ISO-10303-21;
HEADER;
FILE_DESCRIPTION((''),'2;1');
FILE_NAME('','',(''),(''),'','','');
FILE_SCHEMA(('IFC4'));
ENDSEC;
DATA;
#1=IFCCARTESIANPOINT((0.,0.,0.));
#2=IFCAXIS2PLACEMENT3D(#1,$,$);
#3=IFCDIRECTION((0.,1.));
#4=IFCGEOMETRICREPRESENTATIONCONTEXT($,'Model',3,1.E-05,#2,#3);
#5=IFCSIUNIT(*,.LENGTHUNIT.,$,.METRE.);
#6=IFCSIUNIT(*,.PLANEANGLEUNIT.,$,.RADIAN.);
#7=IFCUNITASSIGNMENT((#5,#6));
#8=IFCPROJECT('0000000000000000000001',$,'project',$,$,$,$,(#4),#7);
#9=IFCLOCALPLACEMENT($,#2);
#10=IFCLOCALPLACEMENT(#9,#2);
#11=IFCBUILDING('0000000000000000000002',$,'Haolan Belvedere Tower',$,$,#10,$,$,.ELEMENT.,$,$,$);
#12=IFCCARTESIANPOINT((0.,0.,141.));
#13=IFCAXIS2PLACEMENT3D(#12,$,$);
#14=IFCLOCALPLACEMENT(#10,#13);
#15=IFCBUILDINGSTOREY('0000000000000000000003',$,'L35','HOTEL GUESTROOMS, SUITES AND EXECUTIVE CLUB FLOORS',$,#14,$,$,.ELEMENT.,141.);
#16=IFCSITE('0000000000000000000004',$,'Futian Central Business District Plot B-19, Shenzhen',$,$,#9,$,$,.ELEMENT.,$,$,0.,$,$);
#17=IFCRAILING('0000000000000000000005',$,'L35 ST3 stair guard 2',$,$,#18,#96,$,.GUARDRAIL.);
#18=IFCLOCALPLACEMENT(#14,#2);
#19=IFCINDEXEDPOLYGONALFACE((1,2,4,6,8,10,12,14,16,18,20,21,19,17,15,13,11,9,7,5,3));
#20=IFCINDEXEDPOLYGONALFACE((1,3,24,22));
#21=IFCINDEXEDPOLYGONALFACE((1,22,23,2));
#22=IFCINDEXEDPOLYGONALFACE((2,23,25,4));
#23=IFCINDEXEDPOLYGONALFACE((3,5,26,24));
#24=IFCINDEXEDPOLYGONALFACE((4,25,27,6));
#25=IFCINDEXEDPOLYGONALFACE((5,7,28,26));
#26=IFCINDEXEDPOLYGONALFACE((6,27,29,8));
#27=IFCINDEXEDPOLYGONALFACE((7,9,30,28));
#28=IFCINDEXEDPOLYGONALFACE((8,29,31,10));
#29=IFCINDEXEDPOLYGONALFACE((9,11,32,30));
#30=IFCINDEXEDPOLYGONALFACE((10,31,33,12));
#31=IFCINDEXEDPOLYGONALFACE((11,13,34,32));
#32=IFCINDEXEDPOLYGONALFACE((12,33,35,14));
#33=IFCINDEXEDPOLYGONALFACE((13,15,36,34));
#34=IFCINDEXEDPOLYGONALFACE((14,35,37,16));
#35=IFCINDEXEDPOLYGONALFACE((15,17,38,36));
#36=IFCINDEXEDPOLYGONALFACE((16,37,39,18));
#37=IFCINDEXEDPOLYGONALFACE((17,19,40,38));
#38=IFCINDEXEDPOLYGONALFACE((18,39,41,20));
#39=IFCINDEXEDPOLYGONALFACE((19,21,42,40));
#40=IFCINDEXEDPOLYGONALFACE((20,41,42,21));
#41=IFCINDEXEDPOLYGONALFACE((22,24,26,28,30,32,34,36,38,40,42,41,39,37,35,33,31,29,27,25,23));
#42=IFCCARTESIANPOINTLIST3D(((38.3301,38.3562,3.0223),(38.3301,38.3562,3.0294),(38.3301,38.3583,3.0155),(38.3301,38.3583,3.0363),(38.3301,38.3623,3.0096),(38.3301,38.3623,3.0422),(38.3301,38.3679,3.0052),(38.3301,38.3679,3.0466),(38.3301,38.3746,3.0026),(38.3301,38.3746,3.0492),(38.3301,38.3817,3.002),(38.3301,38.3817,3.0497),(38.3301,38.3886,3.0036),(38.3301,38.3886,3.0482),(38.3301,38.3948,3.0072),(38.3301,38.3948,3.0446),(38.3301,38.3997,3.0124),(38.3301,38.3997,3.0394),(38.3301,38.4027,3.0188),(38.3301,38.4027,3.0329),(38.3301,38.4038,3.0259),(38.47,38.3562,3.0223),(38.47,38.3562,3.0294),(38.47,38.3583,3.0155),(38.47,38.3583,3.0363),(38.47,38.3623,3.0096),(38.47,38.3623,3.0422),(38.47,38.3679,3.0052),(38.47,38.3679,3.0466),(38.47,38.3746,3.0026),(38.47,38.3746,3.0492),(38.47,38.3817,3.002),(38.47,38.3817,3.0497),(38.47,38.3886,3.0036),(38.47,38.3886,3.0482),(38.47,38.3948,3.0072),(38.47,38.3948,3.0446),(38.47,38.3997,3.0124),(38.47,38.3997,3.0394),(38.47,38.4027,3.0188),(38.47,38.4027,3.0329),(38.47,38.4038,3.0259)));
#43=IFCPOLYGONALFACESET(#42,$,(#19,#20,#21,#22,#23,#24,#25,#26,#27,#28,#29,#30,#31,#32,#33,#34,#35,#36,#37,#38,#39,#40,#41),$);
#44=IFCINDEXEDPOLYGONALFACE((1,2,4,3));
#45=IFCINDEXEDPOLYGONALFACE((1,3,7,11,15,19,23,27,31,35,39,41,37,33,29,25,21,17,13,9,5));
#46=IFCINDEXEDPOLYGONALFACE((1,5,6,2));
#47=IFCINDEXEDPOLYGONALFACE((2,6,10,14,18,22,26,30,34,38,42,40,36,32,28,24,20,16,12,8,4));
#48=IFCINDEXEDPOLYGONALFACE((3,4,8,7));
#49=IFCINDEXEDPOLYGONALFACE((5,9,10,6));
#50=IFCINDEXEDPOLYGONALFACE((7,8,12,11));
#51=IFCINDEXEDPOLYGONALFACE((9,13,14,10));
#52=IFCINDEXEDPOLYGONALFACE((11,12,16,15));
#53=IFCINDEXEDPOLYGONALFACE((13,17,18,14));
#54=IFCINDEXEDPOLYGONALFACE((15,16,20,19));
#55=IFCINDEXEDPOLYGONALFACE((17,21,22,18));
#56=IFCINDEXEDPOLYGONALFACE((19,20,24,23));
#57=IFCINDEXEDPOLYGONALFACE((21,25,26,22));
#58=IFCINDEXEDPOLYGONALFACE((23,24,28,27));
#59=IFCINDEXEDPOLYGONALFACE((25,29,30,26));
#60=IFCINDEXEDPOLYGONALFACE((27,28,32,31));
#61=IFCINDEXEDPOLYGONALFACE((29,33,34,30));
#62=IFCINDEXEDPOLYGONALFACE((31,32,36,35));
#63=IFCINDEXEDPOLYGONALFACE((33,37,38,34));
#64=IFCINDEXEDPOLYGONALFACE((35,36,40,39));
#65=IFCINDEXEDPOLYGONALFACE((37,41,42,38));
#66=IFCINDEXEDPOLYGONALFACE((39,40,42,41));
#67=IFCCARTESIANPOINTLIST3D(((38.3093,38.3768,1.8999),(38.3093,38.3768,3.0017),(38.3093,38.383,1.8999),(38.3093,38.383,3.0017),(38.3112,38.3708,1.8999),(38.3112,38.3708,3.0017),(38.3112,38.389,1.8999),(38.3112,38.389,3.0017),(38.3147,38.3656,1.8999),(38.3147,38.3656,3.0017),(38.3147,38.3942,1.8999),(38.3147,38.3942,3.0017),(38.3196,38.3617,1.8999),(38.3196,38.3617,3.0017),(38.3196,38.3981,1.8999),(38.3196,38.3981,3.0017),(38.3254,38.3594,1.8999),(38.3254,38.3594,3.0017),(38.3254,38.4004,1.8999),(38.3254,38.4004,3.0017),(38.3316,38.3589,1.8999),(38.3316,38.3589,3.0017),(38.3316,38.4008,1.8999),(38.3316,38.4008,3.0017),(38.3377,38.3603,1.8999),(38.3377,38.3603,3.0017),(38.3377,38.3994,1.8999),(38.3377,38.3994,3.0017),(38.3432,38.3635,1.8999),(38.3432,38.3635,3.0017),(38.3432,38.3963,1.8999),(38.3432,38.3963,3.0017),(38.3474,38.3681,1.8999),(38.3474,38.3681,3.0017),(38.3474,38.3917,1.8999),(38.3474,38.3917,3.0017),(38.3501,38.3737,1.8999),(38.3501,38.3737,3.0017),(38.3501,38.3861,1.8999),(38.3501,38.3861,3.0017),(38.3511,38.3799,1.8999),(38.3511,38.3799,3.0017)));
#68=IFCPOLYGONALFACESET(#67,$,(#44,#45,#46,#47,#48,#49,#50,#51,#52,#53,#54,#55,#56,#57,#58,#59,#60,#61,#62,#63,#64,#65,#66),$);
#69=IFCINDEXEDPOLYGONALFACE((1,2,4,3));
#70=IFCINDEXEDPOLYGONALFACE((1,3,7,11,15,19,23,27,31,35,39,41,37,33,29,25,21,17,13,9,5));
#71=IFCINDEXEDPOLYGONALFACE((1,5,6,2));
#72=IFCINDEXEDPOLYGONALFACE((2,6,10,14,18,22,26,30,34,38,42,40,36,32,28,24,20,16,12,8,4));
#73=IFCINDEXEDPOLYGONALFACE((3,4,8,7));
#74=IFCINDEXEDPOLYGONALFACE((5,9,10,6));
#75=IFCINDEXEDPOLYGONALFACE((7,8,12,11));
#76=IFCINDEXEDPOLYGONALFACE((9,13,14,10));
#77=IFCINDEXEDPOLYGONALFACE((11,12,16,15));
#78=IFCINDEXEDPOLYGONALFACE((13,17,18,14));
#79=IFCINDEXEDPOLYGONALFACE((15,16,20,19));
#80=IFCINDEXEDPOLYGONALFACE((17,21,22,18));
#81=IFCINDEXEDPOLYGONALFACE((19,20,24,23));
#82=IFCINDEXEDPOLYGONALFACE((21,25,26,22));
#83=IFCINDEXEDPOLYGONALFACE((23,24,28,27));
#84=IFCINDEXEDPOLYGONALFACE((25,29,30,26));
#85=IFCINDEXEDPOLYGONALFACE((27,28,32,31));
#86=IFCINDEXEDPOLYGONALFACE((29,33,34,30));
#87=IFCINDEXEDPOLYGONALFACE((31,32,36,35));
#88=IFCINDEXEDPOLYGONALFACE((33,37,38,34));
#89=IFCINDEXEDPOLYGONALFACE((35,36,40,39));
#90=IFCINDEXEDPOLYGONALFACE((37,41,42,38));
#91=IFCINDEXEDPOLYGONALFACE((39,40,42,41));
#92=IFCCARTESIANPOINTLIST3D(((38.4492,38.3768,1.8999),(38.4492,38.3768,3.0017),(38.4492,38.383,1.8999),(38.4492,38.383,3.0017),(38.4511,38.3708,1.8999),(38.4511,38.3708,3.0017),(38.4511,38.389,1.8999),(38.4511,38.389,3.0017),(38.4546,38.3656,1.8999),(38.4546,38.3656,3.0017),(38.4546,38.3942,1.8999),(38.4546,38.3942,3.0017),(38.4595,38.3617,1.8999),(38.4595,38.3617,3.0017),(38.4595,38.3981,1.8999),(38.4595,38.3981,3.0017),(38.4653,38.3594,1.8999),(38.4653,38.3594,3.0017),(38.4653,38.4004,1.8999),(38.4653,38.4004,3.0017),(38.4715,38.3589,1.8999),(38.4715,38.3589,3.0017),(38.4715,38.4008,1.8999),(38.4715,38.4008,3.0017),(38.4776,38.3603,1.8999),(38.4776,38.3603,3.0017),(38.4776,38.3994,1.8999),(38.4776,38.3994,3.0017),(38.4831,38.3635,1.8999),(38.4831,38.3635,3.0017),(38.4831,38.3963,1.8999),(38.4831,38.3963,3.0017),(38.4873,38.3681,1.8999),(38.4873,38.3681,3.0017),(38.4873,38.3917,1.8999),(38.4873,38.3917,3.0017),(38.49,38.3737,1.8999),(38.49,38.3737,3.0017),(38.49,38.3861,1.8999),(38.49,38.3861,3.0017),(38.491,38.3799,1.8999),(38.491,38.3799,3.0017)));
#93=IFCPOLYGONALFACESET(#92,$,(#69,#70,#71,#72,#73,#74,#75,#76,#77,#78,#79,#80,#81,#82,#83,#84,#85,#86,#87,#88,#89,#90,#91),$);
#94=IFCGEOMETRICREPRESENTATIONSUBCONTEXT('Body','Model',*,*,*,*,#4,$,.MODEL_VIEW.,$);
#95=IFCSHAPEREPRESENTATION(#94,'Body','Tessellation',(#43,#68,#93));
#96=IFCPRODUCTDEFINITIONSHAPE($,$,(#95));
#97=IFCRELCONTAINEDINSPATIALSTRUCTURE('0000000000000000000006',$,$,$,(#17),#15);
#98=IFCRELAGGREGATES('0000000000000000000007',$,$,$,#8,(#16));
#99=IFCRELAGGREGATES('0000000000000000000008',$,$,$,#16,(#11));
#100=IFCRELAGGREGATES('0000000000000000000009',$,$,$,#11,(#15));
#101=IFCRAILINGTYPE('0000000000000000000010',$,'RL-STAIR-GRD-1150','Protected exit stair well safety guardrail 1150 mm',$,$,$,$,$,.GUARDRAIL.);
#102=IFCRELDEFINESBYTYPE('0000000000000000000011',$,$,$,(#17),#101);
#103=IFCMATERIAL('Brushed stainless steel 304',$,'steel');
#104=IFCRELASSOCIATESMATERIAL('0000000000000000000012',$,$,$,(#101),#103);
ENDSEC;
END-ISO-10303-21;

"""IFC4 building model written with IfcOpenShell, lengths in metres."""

from ifc_helpers import new_model, si_unit, direction, frame, origin, origin_2d, place, context, subcontext, project, spatial, circle, extrude, material, type_object, element, save


model = new_model("IFC4")

# Units and contexts
model_context = context("Model", 3, precision=1e-05, world=origin(), true_north=direction((0.0, 1.0)))
body_context = subcontext(model_context, "Body", "Model", "MODEL_VIEW")
ifc_project = project(units=[si_unit("LENGTHUNIT", "METRE"), si_unit("PLANEANGLEUNIT", "RADIAN")], contexts=[model_context])

# Site, building, storey
site_placement = place(None, origin())
site = spatial("IfcSite", under=ifc_project, at=site_placement, Name="Futian Central Business District Plot B-19, Shenzhen", CompositionType="ELEMENT", RefElevation=0.0)
building_placement = place(site_placement, origin())
building = spatial("IfcBuilding", under=site, at=building_placement, Name="Haolan Belvedere Tower", CompositionType="ELEMENT")
storey_placement = place(building_placement, frame((0.0, 0.0, 141.0)))
storey = spatial("IfcBuildingStorey", under=building, at=storey_placement, Name="L35", Description="HOTEL GUESTROOMS, SUITES AND EXECUTIVE CLUB FLOORS", CompositionType="ELEMENT", Elevation=141.0)

# Railing
ifc_material_1 = material(Name="Brushed stainless steel 304", Category="steel")
railing_type_1 = type_object("IfcRailingType", Name="RL-STAIR-GRD-1150", Description="Protected exit stair well safety guardrail 1150 mm", PredefinedType="GUARDRAIL", material=ifc_material_1)
railing_1_placement = place(storey_placement, frame((38.3301, 38.3799, 1.8999)))
element("IfcRailing", 1, at=railing_1_placement, inside=storey, type_object=railing_type_1, Name="L35 ST3 stair guard 2", PredefinedType="GUARDRAIL", context=body_context, shape_type="SweptSolid", body=[
    extrude(circle(Radius=0.0239, at=origin_2d()), frame((0.0, 0.0, 1.126), z_axis=(1.0, 0.0, 0.0), x_axis=(0.0, 1.0, 0.0)), (0.0, 0.0, 1.0), 0.1399),
    extrude(circle(Radius=0.021, at=origin_2d()), origin(), (0.0, 0.0, 1.0), 1.1018),
    extrude(circle(Radius=0.021, at=origin_2d()), frame((0.1399, 0.0, 0.0)), (0.0, 0.0, 1.0), 1.1018),
])

save(model, "model.ifc")
